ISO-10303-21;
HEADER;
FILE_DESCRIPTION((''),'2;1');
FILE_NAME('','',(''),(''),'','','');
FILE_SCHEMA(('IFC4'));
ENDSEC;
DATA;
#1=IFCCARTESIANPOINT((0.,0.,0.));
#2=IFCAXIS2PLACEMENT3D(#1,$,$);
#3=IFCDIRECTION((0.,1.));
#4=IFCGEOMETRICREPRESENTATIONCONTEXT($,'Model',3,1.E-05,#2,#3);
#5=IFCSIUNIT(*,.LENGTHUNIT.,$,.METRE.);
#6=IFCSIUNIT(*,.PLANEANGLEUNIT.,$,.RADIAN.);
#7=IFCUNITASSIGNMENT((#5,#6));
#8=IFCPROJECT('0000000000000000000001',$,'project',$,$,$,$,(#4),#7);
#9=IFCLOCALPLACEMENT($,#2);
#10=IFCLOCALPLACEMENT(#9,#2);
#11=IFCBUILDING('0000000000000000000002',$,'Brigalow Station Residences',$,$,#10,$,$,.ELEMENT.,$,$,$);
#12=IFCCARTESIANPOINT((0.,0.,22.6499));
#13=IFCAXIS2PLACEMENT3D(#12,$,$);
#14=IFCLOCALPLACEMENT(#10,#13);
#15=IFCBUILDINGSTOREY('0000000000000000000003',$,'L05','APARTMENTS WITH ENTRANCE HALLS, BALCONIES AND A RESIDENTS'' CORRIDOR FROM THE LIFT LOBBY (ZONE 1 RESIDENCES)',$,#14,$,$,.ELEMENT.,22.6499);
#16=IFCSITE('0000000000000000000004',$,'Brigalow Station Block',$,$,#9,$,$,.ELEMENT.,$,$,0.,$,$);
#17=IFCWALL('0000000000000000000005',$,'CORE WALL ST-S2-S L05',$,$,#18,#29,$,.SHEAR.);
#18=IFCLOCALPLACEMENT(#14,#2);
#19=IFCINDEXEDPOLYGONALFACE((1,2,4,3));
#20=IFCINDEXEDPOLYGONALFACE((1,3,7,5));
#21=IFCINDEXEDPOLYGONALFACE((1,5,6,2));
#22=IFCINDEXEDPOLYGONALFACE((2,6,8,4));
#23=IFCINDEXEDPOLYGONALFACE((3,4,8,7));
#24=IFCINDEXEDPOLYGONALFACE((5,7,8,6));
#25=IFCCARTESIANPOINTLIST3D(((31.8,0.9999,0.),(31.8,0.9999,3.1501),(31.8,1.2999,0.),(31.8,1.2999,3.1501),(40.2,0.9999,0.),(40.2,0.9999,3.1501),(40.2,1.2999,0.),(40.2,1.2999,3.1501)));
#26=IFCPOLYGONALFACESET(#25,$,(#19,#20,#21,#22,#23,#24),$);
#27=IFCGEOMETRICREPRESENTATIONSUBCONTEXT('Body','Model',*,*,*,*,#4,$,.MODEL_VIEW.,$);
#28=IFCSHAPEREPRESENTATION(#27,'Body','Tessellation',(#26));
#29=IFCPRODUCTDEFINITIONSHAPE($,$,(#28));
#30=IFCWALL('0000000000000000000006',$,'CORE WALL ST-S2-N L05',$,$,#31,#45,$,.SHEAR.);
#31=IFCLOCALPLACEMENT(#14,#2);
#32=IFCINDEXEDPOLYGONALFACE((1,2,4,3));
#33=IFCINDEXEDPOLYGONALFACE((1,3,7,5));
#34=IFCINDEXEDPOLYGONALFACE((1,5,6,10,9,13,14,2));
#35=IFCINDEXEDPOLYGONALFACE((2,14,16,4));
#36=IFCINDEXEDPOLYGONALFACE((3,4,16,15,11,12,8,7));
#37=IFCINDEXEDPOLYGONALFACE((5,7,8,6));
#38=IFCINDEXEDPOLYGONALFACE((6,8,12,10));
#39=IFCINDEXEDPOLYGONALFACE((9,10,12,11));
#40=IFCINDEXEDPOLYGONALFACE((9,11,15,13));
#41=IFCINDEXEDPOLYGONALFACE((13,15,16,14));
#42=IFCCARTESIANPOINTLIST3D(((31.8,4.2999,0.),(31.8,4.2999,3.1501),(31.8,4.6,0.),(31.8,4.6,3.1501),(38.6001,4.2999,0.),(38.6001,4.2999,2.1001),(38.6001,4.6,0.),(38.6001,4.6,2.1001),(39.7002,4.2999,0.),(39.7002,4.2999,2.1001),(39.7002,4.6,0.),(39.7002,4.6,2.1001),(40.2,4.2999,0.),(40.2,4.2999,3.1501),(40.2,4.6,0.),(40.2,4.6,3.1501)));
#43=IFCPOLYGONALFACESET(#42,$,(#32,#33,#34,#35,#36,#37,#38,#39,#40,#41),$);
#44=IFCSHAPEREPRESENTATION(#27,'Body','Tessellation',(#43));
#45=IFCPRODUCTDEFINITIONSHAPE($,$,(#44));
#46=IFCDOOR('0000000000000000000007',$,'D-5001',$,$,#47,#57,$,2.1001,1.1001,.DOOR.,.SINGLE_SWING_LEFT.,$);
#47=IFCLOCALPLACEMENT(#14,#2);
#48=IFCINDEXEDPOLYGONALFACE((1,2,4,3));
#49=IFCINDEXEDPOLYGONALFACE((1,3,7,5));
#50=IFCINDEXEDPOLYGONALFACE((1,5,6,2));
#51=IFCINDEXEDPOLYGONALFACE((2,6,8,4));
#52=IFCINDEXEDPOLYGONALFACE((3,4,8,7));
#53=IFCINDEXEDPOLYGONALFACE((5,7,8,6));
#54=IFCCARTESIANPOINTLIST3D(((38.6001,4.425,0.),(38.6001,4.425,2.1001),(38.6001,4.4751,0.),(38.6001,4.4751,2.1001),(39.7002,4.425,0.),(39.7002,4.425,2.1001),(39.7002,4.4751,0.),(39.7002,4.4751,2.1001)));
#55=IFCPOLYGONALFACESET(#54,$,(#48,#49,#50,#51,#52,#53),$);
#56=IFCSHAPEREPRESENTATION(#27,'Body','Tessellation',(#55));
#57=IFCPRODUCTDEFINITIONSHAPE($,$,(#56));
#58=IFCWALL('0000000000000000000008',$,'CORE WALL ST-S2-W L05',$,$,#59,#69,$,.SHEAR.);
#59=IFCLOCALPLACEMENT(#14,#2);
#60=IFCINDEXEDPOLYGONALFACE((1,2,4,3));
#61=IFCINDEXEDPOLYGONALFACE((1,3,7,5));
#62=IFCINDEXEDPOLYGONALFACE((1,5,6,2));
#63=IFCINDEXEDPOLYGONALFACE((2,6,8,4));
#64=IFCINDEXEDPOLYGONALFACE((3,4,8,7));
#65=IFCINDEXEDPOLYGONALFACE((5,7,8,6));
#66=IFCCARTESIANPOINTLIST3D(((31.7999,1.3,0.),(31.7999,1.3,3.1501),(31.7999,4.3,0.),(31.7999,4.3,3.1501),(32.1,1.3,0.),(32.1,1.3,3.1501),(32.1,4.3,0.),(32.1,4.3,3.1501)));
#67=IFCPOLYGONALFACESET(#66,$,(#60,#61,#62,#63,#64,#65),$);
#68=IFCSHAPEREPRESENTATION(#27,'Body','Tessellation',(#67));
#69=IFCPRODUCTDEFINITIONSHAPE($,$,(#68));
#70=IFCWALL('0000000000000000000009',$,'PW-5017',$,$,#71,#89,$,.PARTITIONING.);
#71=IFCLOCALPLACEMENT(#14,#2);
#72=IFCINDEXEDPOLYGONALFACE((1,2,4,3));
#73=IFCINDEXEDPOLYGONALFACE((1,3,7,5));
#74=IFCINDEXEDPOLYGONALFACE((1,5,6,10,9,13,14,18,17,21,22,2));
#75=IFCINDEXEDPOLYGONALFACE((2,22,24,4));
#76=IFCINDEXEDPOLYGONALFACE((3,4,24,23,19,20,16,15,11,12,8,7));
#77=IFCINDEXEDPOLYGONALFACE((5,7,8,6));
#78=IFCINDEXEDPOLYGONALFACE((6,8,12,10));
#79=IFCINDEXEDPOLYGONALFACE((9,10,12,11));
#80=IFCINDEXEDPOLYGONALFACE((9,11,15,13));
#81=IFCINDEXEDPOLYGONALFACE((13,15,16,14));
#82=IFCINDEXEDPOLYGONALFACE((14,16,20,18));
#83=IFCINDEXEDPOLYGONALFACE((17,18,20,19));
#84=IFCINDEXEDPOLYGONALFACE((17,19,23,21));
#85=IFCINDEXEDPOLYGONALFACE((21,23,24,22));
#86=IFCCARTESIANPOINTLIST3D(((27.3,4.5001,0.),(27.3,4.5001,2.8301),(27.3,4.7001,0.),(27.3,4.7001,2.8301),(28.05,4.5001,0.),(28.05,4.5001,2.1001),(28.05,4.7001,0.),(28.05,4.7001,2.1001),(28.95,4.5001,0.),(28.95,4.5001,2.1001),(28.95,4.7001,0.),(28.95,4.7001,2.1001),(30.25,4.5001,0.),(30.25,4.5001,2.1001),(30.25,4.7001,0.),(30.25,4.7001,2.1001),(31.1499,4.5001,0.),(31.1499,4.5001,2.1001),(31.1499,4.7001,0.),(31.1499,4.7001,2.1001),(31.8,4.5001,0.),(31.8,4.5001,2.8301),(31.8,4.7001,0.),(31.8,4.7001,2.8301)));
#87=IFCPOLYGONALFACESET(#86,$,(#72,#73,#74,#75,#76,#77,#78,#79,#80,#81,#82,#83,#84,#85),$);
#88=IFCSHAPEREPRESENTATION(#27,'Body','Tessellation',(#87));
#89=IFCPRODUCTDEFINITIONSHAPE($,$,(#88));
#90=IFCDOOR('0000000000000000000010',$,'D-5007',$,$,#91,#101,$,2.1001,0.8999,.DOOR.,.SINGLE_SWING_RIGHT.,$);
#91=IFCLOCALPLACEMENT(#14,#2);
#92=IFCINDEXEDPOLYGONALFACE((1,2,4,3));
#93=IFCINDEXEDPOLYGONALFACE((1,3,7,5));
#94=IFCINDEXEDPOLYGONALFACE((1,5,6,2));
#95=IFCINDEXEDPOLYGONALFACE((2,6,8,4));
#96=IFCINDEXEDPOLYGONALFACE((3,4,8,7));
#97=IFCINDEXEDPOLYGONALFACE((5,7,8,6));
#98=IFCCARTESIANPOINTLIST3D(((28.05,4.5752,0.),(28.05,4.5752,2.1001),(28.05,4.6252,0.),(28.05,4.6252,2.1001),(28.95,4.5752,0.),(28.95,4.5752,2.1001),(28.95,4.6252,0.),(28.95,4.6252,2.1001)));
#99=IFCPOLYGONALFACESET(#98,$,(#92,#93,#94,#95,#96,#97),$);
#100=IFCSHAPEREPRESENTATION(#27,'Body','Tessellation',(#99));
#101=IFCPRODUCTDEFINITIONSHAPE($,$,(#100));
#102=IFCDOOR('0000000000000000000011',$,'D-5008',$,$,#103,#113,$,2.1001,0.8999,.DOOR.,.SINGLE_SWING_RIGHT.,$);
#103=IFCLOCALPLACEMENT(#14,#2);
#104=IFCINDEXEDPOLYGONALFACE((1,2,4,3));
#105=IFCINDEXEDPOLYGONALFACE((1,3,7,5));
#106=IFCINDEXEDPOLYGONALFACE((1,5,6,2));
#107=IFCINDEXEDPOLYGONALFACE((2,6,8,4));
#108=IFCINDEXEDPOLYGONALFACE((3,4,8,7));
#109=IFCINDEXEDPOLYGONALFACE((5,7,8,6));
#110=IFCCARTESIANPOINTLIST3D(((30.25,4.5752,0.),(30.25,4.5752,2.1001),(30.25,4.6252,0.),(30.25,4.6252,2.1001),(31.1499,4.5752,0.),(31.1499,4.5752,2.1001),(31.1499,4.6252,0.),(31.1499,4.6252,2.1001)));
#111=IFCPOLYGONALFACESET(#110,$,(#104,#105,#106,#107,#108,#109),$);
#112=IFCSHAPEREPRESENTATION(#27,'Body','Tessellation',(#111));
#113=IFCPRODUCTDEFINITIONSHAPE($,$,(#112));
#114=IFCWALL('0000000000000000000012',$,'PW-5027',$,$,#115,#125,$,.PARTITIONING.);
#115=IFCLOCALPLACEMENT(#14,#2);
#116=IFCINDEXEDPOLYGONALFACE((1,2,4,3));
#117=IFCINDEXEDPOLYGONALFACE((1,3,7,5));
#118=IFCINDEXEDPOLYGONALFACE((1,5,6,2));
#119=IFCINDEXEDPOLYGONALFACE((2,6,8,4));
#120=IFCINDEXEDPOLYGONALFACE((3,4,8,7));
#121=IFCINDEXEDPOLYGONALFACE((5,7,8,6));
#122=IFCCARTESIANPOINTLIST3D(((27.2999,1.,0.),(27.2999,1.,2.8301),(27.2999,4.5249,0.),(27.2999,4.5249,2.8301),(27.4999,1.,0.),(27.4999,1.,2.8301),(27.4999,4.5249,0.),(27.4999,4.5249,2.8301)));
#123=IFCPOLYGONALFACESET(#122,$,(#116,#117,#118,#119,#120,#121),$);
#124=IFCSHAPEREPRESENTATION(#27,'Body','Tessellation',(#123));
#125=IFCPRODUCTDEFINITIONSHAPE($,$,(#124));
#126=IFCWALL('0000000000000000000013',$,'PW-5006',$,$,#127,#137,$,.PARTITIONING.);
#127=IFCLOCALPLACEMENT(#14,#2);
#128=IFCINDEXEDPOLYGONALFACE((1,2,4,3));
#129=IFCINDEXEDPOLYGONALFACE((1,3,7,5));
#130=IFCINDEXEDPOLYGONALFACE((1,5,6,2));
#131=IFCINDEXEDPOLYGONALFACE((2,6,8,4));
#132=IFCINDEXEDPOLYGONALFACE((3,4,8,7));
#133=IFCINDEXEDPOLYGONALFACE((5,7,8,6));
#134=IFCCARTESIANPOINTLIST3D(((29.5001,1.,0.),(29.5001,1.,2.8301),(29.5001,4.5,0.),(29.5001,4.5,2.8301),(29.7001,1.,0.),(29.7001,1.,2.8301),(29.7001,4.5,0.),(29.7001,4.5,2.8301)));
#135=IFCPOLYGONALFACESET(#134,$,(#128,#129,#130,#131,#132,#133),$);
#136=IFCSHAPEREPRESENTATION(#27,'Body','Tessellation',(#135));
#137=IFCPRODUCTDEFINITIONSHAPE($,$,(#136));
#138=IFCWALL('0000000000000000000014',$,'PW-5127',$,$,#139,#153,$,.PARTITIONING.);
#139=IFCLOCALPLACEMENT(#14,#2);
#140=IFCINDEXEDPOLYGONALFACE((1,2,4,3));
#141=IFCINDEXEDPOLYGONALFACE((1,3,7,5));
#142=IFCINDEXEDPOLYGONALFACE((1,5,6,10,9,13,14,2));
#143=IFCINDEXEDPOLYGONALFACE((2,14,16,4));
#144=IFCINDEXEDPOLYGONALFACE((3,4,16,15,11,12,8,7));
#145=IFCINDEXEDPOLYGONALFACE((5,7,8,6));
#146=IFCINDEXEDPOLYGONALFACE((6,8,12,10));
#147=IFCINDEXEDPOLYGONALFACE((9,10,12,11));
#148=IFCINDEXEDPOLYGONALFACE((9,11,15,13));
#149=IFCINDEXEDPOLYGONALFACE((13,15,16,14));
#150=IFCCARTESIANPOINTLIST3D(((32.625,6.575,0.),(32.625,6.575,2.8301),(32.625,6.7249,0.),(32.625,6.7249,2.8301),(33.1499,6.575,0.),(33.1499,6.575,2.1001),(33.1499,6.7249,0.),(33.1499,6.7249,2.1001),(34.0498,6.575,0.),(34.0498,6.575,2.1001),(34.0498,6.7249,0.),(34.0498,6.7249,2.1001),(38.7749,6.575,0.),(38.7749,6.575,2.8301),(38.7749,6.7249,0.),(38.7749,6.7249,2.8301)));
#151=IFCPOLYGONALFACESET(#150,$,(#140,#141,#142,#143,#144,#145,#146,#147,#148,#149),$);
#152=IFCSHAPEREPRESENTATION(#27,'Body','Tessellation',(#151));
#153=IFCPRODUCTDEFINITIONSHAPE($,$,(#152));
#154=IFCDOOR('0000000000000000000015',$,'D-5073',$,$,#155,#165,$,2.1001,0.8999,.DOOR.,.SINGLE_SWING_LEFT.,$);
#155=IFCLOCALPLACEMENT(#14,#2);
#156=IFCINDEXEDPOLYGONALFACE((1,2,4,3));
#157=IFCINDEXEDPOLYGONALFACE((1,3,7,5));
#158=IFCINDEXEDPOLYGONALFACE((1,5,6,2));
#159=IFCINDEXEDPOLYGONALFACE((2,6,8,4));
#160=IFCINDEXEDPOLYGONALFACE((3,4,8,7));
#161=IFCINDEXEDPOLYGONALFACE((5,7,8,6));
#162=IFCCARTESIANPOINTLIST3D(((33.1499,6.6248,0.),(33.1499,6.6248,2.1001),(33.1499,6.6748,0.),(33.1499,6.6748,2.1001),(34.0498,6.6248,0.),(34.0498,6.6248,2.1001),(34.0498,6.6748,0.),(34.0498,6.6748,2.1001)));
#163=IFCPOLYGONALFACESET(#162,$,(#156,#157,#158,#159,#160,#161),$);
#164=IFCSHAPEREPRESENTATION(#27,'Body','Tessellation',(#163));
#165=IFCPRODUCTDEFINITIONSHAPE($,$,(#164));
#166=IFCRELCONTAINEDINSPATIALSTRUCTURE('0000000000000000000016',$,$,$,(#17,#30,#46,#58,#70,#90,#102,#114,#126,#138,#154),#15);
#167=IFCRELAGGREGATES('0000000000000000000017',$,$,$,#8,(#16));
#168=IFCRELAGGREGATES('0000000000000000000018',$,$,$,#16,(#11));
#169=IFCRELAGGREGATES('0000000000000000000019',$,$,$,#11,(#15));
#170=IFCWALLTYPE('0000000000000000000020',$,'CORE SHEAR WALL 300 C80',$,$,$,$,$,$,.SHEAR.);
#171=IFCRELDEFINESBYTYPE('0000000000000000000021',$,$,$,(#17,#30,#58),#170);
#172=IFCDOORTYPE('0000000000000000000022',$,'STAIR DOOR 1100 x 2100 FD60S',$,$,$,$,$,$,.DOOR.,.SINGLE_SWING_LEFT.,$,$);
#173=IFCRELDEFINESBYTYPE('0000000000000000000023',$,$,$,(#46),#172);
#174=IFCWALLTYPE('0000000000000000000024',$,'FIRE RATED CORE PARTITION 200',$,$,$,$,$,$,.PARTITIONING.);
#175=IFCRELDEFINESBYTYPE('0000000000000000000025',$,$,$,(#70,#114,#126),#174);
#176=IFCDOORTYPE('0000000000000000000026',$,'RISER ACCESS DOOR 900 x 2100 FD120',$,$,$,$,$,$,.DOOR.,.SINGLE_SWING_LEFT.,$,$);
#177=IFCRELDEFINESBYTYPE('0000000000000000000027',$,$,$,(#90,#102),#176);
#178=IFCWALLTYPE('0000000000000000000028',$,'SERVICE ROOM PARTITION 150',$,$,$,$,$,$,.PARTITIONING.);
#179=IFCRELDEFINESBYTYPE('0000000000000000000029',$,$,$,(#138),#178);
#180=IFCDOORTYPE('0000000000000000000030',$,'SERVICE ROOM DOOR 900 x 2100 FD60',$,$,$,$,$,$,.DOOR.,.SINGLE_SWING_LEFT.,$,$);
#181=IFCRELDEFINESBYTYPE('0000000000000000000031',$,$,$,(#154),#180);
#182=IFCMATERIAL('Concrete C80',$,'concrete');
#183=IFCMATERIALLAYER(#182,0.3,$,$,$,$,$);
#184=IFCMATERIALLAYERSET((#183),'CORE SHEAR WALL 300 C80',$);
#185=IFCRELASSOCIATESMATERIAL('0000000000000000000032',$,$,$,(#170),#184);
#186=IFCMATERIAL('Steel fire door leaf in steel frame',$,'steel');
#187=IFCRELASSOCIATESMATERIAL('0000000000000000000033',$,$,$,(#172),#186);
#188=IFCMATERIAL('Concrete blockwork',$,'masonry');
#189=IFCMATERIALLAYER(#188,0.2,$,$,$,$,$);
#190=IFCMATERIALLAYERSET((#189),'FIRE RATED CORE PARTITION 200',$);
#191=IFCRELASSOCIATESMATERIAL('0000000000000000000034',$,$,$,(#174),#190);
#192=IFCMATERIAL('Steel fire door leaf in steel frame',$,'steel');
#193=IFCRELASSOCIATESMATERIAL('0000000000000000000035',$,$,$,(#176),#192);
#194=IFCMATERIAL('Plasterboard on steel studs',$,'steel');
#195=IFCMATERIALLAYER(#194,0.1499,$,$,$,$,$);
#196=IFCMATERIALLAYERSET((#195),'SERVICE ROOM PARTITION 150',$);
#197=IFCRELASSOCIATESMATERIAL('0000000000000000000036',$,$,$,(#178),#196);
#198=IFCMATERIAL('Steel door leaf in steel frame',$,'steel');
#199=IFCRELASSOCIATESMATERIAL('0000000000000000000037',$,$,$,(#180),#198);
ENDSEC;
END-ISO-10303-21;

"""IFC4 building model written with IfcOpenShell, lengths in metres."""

from ifc_helpers import new_model, si_unit, direction, frame, frame_2d, origin, place, context, subcontext, project, spatial, rectangle, extrude, material, layer, layer_set, type_object, element, fill, save


model = new_model("IFC4")

# Units and contexts
model_context = context("Model", 3, precision=1e-05, world=origin(), true_north=direction((0.0, 1.0)))
body_context = subcontext(model_context, "Body", "Model", "MODEL_VIEW")
ifc_project = project(units=[si_unit("LENGTHUNIT", "METRE"), si_unit("PLANEANGLEUNIT", "RADIAN")], contexts=[model_context])

# Site, building, storey
site_placement = place(None, origin())
site = spatial("IfcSite", under=ifc_project, at=site_placement, Name="Brigalow Station Block", CompositionType="ELEMENT", RefElevation=0.0)
building_placement = place(site_placement, origin())
building = spatial("IfcBuilding", under=site, at=building_placement, Name="Brigalow Station Residences", CompositionType="ELEMENT")
storey_placement = place(building_placement, frame((0.0, 0.0, 22.6499)))
storey = spatial("IfcBuildingStorey", under=building, at=storey_placement, Name="L05", Description="APARTMENTS WITH ENTRANCE HALLS, BALCONIES AND A RESIDENTS' CORRIDOR FROM THE LIFT LOBBY (ZONE 1 RESIDENCES)", CompositionType="ELEMENT", Elevation=22.6499)

# Wall
ifc_material_1 = material(Name="Concrete C80", Category="concrete")
ifc_layer_1 = layer(ifc_material_1, 0.3)
ifc_layer_set_1 = layer_set([ifc_layer_1], Name="CORE SHEAR WALL 300 C80")
wall_type_1 = type_object("IfcWallType", Name="CORE SHEAR WALL 300 C80", PredefinedType="SHEAR", material=ifc_layer_set_1)
wall_1_placement = place(storey_placement, frame((31.8, 1.1499, 0.0), z_axis=(0.0, 0.0, 1.0), x_axis=(1.0, 0.0, 0.0)))
element("IfcWall", 1, at=wall_1_placement, inside=storey, type_object=wall_type_1, Name="CORE WALL ST-S2-S L05", PredefinedType="SHEAR", context=body_context, shape_type="SweptSolid", body=[
    extrude(rectangle(XDim=8.3999, YDim=0.3, at=frame_2d((4.2, 0.0))), origin(), (0.0, 0.0, 1.0), 3.1501),
])

# Wall, opening, door
wall_2_placement = place(storey_placement, frame((31.8, 4.45, 0.0), z_axis=(0.0, 0.0, 1.0), x_axis=(1.0, 0.0, 0.0)))
wall_2 = element("IfcWall", 2, at=wall_2_placement, inside=storey, type_object=wall_type_1, Name="CORE WALL ST-S2-N L05", PredefinedType="SHEAR", context=body_context, shape_type="SweptSolid", body=[
    extrude(rectangle(XDim=8.3999, YDim=0.3, at=frame_2d((4.2, 0.0))), origin(), (0.0, 0.0, 1.0), 3.1501),
])
opening_1_placement = place(wall_2_placement, frame((6.8, 0.0, 0.0)))
opening_1 = element("IfcOpeningElement", 3, at=opening_1_placement, cuts=wall_2, PredefinedType="OPENING", context=body_context, shape_type="SweptSolid", body=[
    extrude(rectangle(XDim=1.1001, YDim=2.1001, at=frame_2d((0.55, 1.05))), frame((0.0, 0.1602, 0.0), z_axis=(0.0, -1.0, 0.0), x_axis=(1.0, 0.0, 0.0)), (0.0, 0.0, 1.0), 0.3201),
])
ifc_material_2 = material(Name="Steel fire door leaf in steel frame", Category="steel")
door_type_1 = type_object("IfcDoorType", Name="STAIR DOOR 1100 x 2100 FD60S", OperationType="SINGLE_SWING_LEFT", PredefinedType="DOOR", material=ifc_material_2)
door_1_placement = place(opening_1_placement, frame((1.1001, 0.0, 0.0), z_axis=(0.0, 0.0, 1.0), x_axis=(-1.0, 0.0, 0.0)))
door_1 = element("IfcDoor", 4, at=door_1_placement, inside=storey, type_object=door_type_1, Name="D-5001", OperationType="SINGLE_SWING_LEFT", OverallHeight=2.1001, OverallWidth=1.1001, PredefinedType="DOOR", context=body_context, shape_type="SweptSolid", body=[
    extrude(rectangle(XDim=1.1001, YDim=2.1001, at=frame_2d((0.55, 1.05))), frame((0.0, 0.0249, 0.0), z_axis=(0.0, -1.0, 0.0), x_axis=(1.0, 0.0, 0.0)), (0.0, 0.0, 1.0), 0.05),
])
fill(opening_1, door_1)

# Wall
wall_3_placement = place(storey_placement, frame((31.95, 1.3, 0.0), z_axis=(0.0, 0.0, 1.0), x_axis=(0.0, 1.0, 0.0)))
element("IfcWall", 5, at=wall_3_placement, inside=storey, type_object=wall_type_1, Name="CORE WALL ST-S2-W L05", PredefinedType="SHEAR", context=body_context, shape_type="SweptSolid", body=[
    extrude(rectangle(XDim=3.0, YDim=0.3, at=frame_2d((1.5, 0.0))), origin(), (0.0, 0.0, 1.0), 3.1501),
])

# Wall, openings, doors
ifc_material_3 = material(Name="Concrete blockwork", Category="masonry")
ifc_layer_2 = layer(ifc_material_3, 0.2)
ifc_layer_set_2 = layer_set([ifc_layer_2], Name="FIRE RATED CORE PARTITION 200")
wall_type_2 = type_object("IfcWallType", Name="FIRE RATED CORE PARTITION 200", PredefinedType="PARTITIONING", material=ifc_layer_set_2)
wall_4_placement = place(storey_placement, frame((27.3, 4.6001, 0.0), z_axis=(0.0, 0.0, 1.0), x_axis=(1.0, 0.0, 0.0)))
wall_4 = element("IfcWall", 6, at=wall_4_placement, inside=storey, type_object=wall_type_2, Name="PW-5017", PredefinedType="PARTITIONING", context=body_context, shape_type="SweptSolid", body=[
    extrude(rectangle(XDim=4.5, YDim=0.2, at=frame_2d((2.25, 0.0))), origin(), (0.0, 0.0, 1.0), 2.8301),
])
opening_2_placement = place(wall_4_placement, frame((0.75, 0.0, 0.0)))
opening_2 = element("IfcOpeningElement", 7, at=opening_2_placement, cuts=wall_4, PredefinedType="OPENING", context=body_context, shape_type="SweptSolid", body=[
    extrude(rectangle(XDim=0.8999, YDim=2.1001, at=frame_2d((0.45, 1.05))), frame((0.0, 0.1099, 0.0), z_axis=(0.0, -1.0, 0.0), x_axis=(1.0, 0.0, 0.0)), (0.0, 0.0, 1.0), 0.22),
])
opening_3_placement = place(wall_4_placement, frame((2.95, 0.0, 0.0)))
opening_3 = element("IfcOpeningElement", 8, at=opening_3_placement, cuts=wall_4, PredefinedType="OPENING", context=body_context, shape_type="SweptSolid", body=[
    extrude(rectangle(XDim=0.8999, YDim=2.1001, at=frame_2d((0.45, 1.05))), frame((0.0, 0.1099, 0.0), z_axis=(0.0, -1.0, 0.0), x_axis=(1.0, 0.0, 0.0)), (0.0, 0.0, 1.0), 0.22),
])
ifc_material_4 = material(Name="Steel fire door leaf in steel frame", Category="steel")
door_type_2 = type_object("IfcDoorType", Name="RISER ACCESS DOOR 900 x 2100 FD120", OperationType="SINGLE_SWING_LEFT", PredefinedType="DOOR", material=ifc_material_4)
door_2_placement = place(opening_2_placement, frame((0.8999, 0.0, 0.0), z_axis=(0.0, 0.0, 1.0), x_axis=(-1.0, 0.0, 0.0)))
door_2 = element("IfcDoor", 9, at=door_2_placement, inside=storey, type_object=door_type_2, Name="D-5007", OperationType="SINGLE_SWING_RIGHT", OverallHeight=2.1001, OverallWidth=0.8999, PredefinedType="DOOR", context=body_context, shape_type="SweptSolid", body=[
    extrude(rectangle(XDim=0.8999, YDim=2.1001, at=frame_2d((0.45, 1.05))), frame((0.0, 0.0249, 0.0), z_axis=(0.0, -1.0, 0.0), x_axis=(1.0, 0.0, 0.0)), (0.0, 0.0, 1.0), 0.05),
])
fill(opening_2, door_2)
door_3_placement = place(opening_3_placement, frame((0.8999, 0.0, 0.0), z_axis=(0.0, 0.0, 1.0), x_axis=(-1.0, 0.0, 0.0)))
door_3 = element("IfcDoor", 10, at=door_3_placement, inside=storey, type_object=door_type_2, Name="D-5008", OperationType="SINGLE_SWING_RIGHT", OverallHeight=2.1001, OverallWidth=0.8999, PredefinedType="DOOR", context=body_context, shape_type="SweptSolid", body=[
    extrude(rectangle(XDim=0.8999, YDim=2.1001, at=frame_2d((0.45, 1.05))), frame((0.0, 0.0249, 0.0), z_axis=(0.0, -1.0, 0.0), x_axis=(1.0, 0.0, 0.0)), (0.0, 0.0, 1.0), 0.05),
])
fill(opening_3, door_3)

# Walls
wall_5_placement = place(storey_placement, frame((27.3999, 1.0, 0.0), z_axis=(0.0, 0.0, 1.0), x_axis=(0.0, 1.0, 0.0)))
element("IfcWall", 11, at=wall_5_placement, inside=storey, type_object=wall_type_2, Name="PW-5027", PredefinedType="PARTITIONING", context=body_context, shape_type="SweptSolid", body=[
    extrude(rectangle(XDim=3.5249, YDim=0.2, at=frame_2d((1.7625, 0.0))), origin(), (0.0, 0.0, 1.0), 2.8301),
])
wall_6_placement = place(storey_placement, frame((29.6001, 1.0, 0.0), z_axis=(0.0, 0.0, 1.0), x_axis=(0.0, 1.0, 0.0)))
element("IfcWall", 12, at=wall_6_placement, inside=storey, type_object=wall_type_2, Name="PW-5006", PredefinedType="PARTITIONING", context=body_context, shape_type="SweptSolid", body=[
    extrude(rectangle(XDim=3.5, YDim=0.2, at=frame_2d((1.75, 0.0))), origin(), (0.0, 0.0, 1.0), 2.8301),
])

# Wall, opening, door
ifc_material_5 = material(Name="Plasterboard on steel studs", Category="steel")
ifc_layer_3 = layer(ifc_material_5, 0.1499)
ifc_layer_set_3 = layer_set([ifc_layer_3], Name="SERVICE ROOM PARTITION 150")
wall_type_3 = type_object("IfcWallType", Name="SERVICE ROOM PARTITION 150", PredefinedType="PARTITIONING", material=ifc_layer_set_3)
wall_7_placement = place(storey_placement, frame((32.625, 6.6499, 0.0), z_axis=(0.0, 0.0, 1.0), x_axis=(1.0, 0.0, 0.0)))
wall_7 = element("IfcWall", 13, at=wall_7_placement, inside=storey, type_object=wall_type_3, Name="PW-5127", PredefinedType="PARTITIONING", context=body_context, shape_type="SweptSolid", body=[
    extrude(rectangle(XDim=6.1499, YDim=0.1499, at=frame_2d((3.075, 0.0))), origin(), (0.0, 0.0, 1.0), 2.8301),
])
opening_4_placement = place(wall_7_placement, frame((0.5249, 0.0, 0.0)))
opening_4 = element("IfcOpeningElement", 14, at=opening_4_placement, cuts=wall_7, PredefinedType="OPENING", context=body_context, shape_type="SweptSolid", body=[
    extrude(rectangle(XDim=0.8999, YDim=2.1001, at=frame_2d((0.45, 1.05))), frame((0.0, 0.085, 0.0), z_axis=(0.0, -1.0, 0.0), x_axis=(1.0, 0.0, 0.0)), (0.0, 0.0, 1.0), 0.1699),
])
ifc_material_6 = material(Name="Steel door leaf in steel frame", Category="steel")
door_type_3 = type_object("IfcDoorType", Name="SERVICE ROOM DOOR 900 x 2100 FD60", OperationType="SINGLE_SWING_LEFT", PredefinedType="DOOR", material=ifc_material_6)
door_4_placement = place(opening_4_placement, origin())
door_4 = element("IfcDoor", 15, at=door_4_placement, inside=storey, type_object=door_type_3, Name="D-5073", OperationType="SINGLE_SWING_LEFT", OverallHeight=2.1001, OverallWidth=0.8999, PredefinedType="DOOR", context=body_context, shape_type="SweptSolid", body=[
    extrude(rectangle(XDim=0.8999, YDim=2.1001, at=frame_2d((0.45, 1.05))), frame((0.0, 0.0249, 0.0), z_axis=(0.0, -1.0, 0.0), x_axis=(1.0, 0.0, 0.0)), (0.0, 0.0, 1.0), 0.05),
])
fill(opening_4, door_4)

save(model, "model.ifc")
